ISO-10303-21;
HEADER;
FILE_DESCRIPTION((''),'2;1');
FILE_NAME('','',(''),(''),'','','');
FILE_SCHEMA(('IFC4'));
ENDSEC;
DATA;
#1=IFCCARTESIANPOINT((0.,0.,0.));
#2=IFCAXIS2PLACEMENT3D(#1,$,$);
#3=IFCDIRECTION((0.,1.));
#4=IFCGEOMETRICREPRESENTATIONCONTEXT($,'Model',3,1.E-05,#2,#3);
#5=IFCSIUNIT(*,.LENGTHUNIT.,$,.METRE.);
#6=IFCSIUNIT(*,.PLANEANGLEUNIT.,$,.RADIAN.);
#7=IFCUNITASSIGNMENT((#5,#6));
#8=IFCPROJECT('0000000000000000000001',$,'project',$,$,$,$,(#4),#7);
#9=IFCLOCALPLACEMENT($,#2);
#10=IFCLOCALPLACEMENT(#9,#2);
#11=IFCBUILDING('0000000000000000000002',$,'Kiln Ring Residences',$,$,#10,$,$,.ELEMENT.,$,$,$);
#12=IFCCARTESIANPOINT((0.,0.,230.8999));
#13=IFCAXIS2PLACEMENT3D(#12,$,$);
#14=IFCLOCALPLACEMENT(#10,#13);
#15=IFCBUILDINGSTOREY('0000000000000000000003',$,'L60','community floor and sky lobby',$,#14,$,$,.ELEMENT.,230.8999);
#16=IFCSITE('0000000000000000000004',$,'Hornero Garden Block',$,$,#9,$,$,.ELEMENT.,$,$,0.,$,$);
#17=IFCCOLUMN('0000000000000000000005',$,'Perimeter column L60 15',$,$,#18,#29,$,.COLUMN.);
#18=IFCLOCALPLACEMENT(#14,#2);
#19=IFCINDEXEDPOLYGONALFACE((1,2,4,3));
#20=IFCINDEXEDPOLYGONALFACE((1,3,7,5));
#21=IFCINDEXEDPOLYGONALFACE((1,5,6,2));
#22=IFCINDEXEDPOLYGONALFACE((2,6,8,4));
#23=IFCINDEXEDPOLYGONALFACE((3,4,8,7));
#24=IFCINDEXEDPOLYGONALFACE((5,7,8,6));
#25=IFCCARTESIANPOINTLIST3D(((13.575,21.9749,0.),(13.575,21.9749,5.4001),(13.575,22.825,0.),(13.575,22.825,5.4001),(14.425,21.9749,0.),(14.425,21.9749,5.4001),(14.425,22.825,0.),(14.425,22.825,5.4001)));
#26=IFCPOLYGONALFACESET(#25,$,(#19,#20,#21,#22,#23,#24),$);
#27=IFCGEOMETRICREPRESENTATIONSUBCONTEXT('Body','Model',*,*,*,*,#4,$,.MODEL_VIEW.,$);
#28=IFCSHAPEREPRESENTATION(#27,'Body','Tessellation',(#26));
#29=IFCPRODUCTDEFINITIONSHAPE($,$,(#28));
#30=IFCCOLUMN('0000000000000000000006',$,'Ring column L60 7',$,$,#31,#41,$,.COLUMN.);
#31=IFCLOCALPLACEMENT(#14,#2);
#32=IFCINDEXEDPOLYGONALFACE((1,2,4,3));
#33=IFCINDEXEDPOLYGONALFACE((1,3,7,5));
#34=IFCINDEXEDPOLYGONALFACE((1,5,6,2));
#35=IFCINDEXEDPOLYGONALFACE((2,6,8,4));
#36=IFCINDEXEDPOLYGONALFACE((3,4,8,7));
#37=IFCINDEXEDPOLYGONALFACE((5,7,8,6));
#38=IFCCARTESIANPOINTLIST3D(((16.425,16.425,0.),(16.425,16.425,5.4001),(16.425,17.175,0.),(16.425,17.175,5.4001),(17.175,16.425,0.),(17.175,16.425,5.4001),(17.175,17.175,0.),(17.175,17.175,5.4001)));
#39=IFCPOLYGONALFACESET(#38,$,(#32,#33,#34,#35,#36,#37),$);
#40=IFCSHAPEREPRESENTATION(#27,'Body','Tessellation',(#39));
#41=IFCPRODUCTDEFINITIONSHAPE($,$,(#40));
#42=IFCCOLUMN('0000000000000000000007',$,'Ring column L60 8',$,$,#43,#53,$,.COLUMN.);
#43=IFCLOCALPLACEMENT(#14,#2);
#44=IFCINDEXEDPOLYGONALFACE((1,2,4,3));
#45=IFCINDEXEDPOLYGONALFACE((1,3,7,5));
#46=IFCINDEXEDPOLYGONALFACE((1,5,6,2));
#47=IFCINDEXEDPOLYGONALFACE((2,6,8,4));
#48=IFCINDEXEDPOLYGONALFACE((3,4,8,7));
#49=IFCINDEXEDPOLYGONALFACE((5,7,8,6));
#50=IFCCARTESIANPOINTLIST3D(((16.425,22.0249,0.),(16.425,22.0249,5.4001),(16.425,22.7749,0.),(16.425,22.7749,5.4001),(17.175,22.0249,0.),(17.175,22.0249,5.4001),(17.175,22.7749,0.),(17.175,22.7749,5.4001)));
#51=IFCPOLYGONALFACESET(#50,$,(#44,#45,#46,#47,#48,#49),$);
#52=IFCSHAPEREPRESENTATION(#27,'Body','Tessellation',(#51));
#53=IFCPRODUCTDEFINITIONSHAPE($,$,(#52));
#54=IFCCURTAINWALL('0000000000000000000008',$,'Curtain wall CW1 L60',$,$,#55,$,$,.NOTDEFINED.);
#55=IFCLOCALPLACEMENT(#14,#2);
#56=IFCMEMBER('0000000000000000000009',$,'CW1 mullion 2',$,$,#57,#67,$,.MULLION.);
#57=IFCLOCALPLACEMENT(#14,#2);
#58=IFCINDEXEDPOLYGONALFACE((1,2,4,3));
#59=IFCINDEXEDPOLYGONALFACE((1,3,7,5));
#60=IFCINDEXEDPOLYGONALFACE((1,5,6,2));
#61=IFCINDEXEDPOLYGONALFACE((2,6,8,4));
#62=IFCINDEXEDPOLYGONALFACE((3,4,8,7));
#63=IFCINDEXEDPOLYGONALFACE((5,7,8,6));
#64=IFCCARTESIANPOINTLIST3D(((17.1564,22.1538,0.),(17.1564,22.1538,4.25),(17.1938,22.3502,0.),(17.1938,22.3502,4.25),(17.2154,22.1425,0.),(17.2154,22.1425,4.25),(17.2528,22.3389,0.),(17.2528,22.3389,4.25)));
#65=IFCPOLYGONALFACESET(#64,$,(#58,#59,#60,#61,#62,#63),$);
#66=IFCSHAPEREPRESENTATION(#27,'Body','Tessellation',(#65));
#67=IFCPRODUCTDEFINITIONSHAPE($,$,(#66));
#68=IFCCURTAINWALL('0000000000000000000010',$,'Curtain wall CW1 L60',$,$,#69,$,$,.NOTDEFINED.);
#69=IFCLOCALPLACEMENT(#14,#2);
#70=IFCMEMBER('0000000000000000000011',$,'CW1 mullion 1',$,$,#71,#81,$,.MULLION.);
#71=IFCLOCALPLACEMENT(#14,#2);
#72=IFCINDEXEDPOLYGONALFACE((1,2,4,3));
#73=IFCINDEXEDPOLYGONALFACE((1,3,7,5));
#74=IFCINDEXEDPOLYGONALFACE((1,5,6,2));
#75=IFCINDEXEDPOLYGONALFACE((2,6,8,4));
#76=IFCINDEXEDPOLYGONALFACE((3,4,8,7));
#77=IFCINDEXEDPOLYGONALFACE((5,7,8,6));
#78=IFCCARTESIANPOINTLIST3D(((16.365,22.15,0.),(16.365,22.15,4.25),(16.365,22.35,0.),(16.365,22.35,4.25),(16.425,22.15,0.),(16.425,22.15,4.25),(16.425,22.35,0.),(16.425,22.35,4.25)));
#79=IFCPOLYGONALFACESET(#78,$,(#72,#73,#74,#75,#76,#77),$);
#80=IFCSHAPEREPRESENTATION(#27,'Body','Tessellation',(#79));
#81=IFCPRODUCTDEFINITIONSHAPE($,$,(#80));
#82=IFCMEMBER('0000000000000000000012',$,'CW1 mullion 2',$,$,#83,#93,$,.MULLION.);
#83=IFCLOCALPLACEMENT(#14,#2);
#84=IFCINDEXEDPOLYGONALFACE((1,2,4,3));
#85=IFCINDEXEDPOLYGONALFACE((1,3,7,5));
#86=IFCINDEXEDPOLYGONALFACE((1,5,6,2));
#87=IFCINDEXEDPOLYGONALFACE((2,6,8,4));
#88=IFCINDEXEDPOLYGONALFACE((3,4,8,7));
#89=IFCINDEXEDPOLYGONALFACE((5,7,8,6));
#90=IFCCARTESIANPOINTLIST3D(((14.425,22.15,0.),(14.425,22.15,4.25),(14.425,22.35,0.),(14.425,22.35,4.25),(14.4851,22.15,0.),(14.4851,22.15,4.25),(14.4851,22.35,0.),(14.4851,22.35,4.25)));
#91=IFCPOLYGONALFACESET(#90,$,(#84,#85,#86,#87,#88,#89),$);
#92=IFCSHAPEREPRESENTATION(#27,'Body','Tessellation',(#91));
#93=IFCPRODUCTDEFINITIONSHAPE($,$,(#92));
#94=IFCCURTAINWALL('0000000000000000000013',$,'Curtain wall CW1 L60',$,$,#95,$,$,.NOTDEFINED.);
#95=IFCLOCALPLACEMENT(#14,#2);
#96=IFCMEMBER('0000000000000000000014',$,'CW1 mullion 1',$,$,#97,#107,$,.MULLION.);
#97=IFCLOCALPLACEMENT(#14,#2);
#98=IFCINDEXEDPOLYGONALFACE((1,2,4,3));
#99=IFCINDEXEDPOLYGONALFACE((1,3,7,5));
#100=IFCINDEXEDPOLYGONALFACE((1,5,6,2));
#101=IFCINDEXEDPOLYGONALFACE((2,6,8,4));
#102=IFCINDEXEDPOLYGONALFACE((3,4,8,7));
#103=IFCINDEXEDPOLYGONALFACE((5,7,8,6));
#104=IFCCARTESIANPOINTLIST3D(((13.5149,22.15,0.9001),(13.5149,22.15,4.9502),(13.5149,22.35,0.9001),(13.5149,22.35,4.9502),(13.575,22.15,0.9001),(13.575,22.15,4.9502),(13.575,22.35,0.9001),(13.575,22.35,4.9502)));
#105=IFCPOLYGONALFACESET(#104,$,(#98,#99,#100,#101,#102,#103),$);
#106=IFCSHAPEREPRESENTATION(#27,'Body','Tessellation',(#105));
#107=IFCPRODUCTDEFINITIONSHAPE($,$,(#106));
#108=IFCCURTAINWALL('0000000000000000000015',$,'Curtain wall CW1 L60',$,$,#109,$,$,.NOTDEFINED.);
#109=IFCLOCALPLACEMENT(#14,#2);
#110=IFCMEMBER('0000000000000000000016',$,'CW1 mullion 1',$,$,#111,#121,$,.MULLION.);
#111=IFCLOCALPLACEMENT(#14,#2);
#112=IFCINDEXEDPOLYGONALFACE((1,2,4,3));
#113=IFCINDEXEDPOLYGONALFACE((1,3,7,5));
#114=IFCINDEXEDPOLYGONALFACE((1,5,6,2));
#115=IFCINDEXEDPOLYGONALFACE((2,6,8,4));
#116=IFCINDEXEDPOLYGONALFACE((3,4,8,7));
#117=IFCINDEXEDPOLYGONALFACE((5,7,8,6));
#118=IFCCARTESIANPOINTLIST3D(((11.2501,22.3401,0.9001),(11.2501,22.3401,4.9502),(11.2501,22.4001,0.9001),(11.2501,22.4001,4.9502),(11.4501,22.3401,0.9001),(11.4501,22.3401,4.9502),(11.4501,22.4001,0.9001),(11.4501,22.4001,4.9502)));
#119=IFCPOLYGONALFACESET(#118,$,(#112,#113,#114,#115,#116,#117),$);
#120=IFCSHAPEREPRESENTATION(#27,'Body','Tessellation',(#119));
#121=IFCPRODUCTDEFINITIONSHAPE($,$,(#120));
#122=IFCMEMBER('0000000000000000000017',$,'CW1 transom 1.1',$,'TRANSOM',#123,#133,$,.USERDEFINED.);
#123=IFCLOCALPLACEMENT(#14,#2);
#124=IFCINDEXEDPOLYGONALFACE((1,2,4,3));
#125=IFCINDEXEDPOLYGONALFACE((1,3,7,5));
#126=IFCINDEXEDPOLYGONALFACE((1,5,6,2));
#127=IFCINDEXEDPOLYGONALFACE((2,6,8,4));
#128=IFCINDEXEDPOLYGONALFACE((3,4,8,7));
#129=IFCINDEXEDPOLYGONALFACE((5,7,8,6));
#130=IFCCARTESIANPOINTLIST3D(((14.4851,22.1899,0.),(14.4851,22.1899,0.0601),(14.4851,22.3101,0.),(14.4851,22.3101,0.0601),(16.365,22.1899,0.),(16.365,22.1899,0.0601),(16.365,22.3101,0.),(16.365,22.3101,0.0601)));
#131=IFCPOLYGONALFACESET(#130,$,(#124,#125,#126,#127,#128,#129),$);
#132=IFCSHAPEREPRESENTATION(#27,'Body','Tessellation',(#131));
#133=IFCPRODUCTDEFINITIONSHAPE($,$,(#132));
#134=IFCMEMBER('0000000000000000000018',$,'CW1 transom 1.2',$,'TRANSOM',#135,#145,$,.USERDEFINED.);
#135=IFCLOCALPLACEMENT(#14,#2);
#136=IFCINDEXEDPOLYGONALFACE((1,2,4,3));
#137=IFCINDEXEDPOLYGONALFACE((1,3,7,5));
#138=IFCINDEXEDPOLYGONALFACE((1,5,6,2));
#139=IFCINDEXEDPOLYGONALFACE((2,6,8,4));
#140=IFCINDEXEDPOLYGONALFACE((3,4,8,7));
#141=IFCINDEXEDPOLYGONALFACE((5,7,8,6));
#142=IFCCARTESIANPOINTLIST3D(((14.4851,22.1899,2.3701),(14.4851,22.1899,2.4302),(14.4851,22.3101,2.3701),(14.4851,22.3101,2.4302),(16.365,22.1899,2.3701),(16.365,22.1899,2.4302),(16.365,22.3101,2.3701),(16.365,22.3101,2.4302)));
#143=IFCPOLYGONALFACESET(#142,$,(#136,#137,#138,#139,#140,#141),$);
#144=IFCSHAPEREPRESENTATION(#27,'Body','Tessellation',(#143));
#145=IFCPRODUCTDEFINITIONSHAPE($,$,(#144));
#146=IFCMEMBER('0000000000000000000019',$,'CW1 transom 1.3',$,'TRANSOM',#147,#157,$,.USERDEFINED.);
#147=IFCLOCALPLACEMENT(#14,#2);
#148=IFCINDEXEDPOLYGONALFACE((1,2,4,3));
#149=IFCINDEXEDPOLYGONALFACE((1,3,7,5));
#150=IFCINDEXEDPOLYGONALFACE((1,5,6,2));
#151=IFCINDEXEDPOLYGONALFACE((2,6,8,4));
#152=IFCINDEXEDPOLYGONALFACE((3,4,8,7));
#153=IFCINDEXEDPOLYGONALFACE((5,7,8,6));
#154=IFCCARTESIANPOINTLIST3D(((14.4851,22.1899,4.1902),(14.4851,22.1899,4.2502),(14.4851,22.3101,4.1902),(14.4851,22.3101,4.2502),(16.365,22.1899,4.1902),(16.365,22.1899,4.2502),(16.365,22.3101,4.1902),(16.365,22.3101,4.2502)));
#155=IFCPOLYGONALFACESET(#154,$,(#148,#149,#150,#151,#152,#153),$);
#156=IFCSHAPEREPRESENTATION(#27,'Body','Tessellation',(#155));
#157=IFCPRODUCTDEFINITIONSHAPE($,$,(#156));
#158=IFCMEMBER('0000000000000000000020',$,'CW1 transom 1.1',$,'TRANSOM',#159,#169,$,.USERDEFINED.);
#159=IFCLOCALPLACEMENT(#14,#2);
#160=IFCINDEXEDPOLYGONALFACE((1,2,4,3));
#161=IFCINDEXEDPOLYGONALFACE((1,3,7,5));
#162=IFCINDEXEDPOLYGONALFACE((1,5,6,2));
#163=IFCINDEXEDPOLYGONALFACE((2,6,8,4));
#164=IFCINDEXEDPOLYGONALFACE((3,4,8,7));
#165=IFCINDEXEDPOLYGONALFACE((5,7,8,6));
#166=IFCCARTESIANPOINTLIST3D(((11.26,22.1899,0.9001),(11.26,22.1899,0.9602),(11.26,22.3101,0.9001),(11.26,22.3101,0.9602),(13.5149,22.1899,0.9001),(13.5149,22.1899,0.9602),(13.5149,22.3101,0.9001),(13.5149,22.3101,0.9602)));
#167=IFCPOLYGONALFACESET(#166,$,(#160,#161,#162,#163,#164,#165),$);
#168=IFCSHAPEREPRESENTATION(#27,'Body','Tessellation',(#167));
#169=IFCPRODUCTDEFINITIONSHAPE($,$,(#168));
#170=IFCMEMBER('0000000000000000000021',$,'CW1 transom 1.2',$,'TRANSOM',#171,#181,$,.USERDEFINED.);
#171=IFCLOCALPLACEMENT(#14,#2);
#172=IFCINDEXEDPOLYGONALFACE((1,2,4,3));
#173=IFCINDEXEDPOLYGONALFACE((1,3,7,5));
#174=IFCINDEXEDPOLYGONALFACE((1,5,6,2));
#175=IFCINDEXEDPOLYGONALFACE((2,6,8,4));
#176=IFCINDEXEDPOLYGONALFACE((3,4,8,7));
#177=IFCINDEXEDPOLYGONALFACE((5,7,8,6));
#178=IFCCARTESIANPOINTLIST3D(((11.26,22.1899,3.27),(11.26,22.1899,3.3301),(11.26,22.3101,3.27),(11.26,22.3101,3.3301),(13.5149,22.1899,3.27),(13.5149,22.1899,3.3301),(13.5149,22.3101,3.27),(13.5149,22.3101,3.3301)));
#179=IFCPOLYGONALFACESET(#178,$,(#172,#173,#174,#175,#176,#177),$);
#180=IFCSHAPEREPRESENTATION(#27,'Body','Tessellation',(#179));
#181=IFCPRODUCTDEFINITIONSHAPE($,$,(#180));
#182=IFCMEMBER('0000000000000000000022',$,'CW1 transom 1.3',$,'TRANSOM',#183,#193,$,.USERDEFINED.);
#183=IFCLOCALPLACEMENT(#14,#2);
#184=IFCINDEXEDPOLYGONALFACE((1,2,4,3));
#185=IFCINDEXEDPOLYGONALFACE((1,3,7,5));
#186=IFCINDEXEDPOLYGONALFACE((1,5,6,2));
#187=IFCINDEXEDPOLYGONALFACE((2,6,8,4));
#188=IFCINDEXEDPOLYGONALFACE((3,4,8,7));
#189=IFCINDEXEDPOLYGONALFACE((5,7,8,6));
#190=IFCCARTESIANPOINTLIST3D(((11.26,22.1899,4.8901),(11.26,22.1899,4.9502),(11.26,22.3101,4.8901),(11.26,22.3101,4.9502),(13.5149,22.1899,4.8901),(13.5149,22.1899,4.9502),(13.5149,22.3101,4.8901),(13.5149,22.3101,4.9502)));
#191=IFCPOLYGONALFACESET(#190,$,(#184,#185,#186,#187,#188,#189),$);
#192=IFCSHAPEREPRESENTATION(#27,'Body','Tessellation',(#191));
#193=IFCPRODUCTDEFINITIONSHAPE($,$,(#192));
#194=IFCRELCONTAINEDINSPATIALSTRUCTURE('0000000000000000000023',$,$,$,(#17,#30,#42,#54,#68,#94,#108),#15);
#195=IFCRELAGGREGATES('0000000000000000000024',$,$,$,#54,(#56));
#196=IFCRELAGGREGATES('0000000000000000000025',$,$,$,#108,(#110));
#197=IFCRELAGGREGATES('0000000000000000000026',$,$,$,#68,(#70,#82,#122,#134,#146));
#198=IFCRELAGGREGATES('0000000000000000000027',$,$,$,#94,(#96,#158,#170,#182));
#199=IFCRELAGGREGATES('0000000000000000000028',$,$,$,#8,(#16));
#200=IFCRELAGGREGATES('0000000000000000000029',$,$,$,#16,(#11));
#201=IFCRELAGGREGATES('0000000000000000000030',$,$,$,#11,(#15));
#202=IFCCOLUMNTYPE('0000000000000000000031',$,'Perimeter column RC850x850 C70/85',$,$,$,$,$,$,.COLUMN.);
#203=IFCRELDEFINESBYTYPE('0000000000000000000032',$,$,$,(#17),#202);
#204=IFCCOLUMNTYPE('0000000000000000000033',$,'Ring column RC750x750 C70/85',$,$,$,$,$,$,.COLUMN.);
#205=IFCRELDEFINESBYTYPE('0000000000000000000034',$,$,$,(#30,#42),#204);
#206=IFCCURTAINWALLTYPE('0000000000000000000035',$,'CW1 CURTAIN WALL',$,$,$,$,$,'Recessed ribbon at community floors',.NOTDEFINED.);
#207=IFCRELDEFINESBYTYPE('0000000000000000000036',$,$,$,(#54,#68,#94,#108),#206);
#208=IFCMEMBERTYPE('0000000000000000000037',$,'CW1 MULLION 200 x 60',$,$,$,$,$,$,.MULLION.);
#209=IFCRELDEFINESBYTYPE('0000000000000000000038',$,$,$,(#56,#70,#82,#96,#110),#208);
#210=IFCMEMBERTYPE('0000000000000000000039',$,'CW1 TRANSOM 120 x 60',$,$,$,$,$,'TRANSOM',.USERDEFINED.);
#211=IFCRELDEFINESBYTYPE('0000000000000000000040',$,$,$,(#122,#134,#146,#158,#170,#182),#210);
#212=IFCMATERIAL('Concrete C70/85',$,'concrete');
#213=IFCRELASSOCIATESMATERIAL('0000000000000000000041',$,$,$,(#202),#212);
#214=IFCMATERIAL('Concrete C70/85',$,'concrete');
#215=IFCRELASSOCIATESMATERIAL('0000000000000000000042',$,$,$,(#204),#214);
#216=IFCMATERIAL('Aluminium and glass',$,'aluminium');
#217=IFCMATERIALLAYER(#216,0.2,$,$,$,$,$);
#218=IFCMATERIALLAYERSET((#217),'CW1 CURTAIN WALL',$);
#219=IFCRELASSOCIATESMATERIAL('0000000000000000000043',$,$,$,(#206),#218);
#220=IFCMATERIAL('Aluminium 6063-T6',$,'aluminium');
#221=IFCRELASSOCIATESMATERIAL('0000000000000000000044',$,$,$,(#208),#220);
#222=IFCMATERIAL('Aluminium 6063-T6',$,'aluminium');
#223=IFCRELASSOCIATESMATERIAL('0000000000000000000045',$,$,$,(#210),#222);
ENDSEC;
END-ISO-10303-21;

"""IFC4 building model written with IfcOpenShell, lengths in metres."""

from ifc_helpers import new_model, si_unit, direction, frame, origin, origin_2d, place, context, subcontext, project, spatial, rectangle, extrude, material, layer, layer_set, material_profile, profile_set, type_object, element, aggregate, save


model = new_model("IFC4")

# Units and contexts
model_context = context("Model", 3, precision=1e-05, world=origin(), true_north=direction((0.0, 1.0)))
body_context = subcontext(model_context, "Body", "Model", "MODEL_VIEW")
ifc_project = project(units=[si_unit("LENGTHUNIT", "METRE"), si_unit("PLANEANGLEUNIT", "RADIAN")], contexts=[model_context])

# Site, building, storey
site_placement = place(None, origin())
site = spatial("IfcSite", under=ifc_project, at=site_placement, Name="Hornero Garden Block", CompositionType="ELEMENT", RefElevation=0.0)
building_placement = place(site_placement, origin())
building = spatial("IfcBuilding", under=site, at=building_placement, Name="Kiln Ring Residences", CompositionType="ELEMENT")
storey_placement = place(building_placement, frame((0.0, 0.0, 230.8999)))
storey = spatial("IfcBuildingStorey", under=building, at=storey_placement, Name="L60", Description="community floor and sky lobby", CompositionType="ELEMENT", Elevation=230.8999)

# Columns
ifc_material_1 = material(Name="Concrete C70/85", Category="concrete")
ifc_material_profile_1 = material_profile(ifc_material_1, rectangle(XDim=0.8501, YDim=0.8501, at=origin_2d()), Name="RC850x850")
ifc_profile_set_1 = profile_set([ifc_material_profile_1], Name="Concrete C70/85")
column_type_1 = type_object("IfcColumnType", Name="Perimeter column RC850x850 C70/85", PredefinedType="COLUMN", material=ifc_profile_set_1)
column_placement = place(storey_placement, frame((14.0, 22.3999, 0.0), z_axis=(0.0, 0.0, 1.0), x_axis=(1.0, 0.0, 0.0)))
element("IfcColumn", 1, at=column_placement, inside=storey, type_object=column_type_1, Name="Perimeter column L60 15", PredefinedType="COLUMN", context=body_context, shape_type="SweptSolid", body=[
    extrude(rectangle(XDim=0.8501, YDim=0.8501, at=origin_2d()), origin(), (0.0, 0.0, 1.0), 5.4001),
])
ifc_material_2 = material(Name="Concrete C70/85", Category="concrete")
ifc_material_profile_2 = material_profile(ifc_material_2, rectangle(XDim=0.75, YDim=0.75, at=origin_2d()), Name="RC750x750")
ifc_profile_set_2 = profile_set([ifc_material_profile_2], Name="Concrete C70/85")
column_type_2 = type_object("IfcColumnType", Name="Ring column RC750x750 C70/85", PredefinedType="COLUMN", material=ifc_profile_set_2)
for number, where, z_axis, x_axis, name in (
    (2, (16.8, 16.8, 0.0), (0.0, 0.0, 1.0), (1.0, 0.0, 0.0), "Ring column L60 7"),
    (3, (16.8, 22.3999, 0.0), (0.0, 0.0, 1.0), (1.0, 0.0, 0.0), "Ring column L60 8"),
):
    element("IfcColumn", number, at=place(storey_placement, frame(where, z_axis=z_axis, x_axis=x_axis)), inside=storey, type_object=column_type_2, Name=name, PredefinedType="COLUMN", context=body_context, shape_type="SweptSolid", body=[
        extrude(rectangle(XDim=0.75, YDim=0.75, at=origin_2d()), origin(), (0.0, 0.0, 1.0), 5.4001),
    ])

# Curtain wall, member
ifc_material_3 = material(Name="Aluminium and glass", Category="aluminium")
ifc_layer_1 = layer(ifc_material_3, 0.2)
ifc_layer_set_1 = layer_set([ifc_layer_1], Name="CW1 CURTAIN WALL")
curtain_wall_type = type_object("IfcCurtainWallType", Name="CW1 CURTAIN WALL", ElementType="Recessed ribbon at community floors", PredefinedType="NOTDEFINED", material=ifc_layer_set_1)
placement = place(storey_placement, origin())
curtain_wall_1 = element("IfcCurtainWall", 4, at=placement, inside=storey, type_object=curtain_wall_type, Name="Curtain wall CW1 L60", PredefinedType="NOTDEFINED")
ifc_material_4 = material(Name="Aluminium 6063-T6", Category="aluminium")
ifc_material_profile_3 = material_profile(ifc_material_4, rectangle(XDim=0.2, YDim=0.0601, at=origin_2d()), Name="AL 200x60")
ifc_profile_set_3 = profile_set([ifc_material_profile_3], Name="Aluminium 6063-T6")
member_type_1 = type_object("IfcMemberType", Name="CW1 MULLION 200 x 60", PredefinedType="MULLION", material=ifc_profile_set_3)
member_1_placement = place(storey_placement, frame((17.2046, 22.2463, 0.0), z_axis=(0.0, 0.0, 1.0), x_axis=(-0.187366, -0.98229, 0.0)))
member_1 = element("IfcMember", 5, at=member_1_placement, type_object=member_type_1, Name="CW1 mullion 2", PredefinedType="MULLION", context=body_context, shape_type="SweptSolid", body=[
    extrude(rectangle(XDim=0.2, YDim=0.0601, at=origin_2d()), origin(), (0.0, 0.0, 1.0), 4.25),
])
aggregate(curtain_wall_1, [member_1])

# Curtain wall, members
curtain_wall_2 = element("IfcCurtainWall", 6, at=placement, inside=storey, type_object=curtain_wall_type, Name="Curtain wall CW1 L60", PredefinedType="NOTDEFINED")
member_2_placement = place(storey_placement, frame((16.395, 22.25, 0.0), z_axis=(0.0, 0.0, 1.0), x_axis=(0.0, -1.0, 0.0)))
member_2 = element("IfcMember", 7, at=member_2_placement, type_object=member_type_1, Name="CW1 mullion 1", PredefinedType="MULLION", context=body_context, shape_type="SweptSolid", body=[
    extrude(rectangle(XDim=0.2, YDim=0.0601, at=origin_2d()), origin(), (0.0, 0.0, 1.0), 4.25),
])
member_3_placement = place(storey_placement, frame((14.4551, 22.25, 0.0), z_axis=(0.0, 0.0, 1.0), x_axis=(0.0, -1.0, 0.0)))
member_3 = element("IfcMember", 8, at=member_3_placement, type_object=member_type_1, Name="CW1 mullion 2", PredefinedType="MULLION", context=body_context, shape_type="SweptSolid", body=[
    extrude(rectangle(XDim=0.2, YDim=0.0601, at=origin_2d()), origin(), (0.0, 0.0, 1.0), 4.25),
])

# Curtain walls, members
curtain_wall_3 = element("IfcCurtainWall", 9, at=placement, inside=storey, type_object=curtain_wall_type, Name="Curtain wall CW1 L60", PredefinedType="NOTDEFINED")
member_4_placement = place(storey_placement, frame((13.5449, 22.25, 0.9001), z_axis=(0.0, 0.0, 1.0), x_axis=(0.0, -1.0, 0.0)))
member_4 = element("IfcMember", 10, at=member_4_placement, type_object=member_type_1, Name="CW1 mullion 1", PredefinedType="MULLION", context=body_context, shape_type="SweptSolid", body=[
    extrude(rectangle(XDim=0.2, YDim=0.0601, at=origin_2d()), origin(), (0.0, 0.0, 1.0), 4.05),
])
curtain_wall_4 = element("IfcCurtainWall", 11, at=placement, inside=storey, type_object=curtain_wall_type, Name="Curtain wall CW1 L60", PredefinedType="NOTDEFINED")
member_5_placement = place(storey_placement, frame((11.3501, 22.3701, 0.9001), z_axis=(0.0, 0.0, 1.0), x_axis=(1.0, 0.0, 0.0)))
member_5 = element("IfcMember", 12, at=member_5_placement, type_object=member_type_1, Name="CW1 mullion 1", PredefinedType="MULLION", context=body_context, shape_type="SweptSolid", body=[
    extrude(rectangle(XDim=0.2, YDim=0.0601, at=origin_2d()), origin(), (0.0, 0.0, 1.0), 4.05),
])

# Members
ifc_material_5 = material(Name="Aluminium 6063-T6", Category="aluminium")
ifc_material_profile_4 = material_profile(ifc_material_5, rectangle(XDim=0.1201, YDim=0.0601, at=origin_2d()), Name="AL 120x60")
ifc_profile_set_4 = profile_set([ifc_material_profile_4], Name="Aluminium 6063-T6")
member_type_2 = type_object("IfcMemberType", Name="CW1 TRANSOM 120 x 60", ElementType="TRANSOM", PredefinedType="USERDEFINED", material=ifc_profile_set_4)
member_6_placement = place(storey_placement, frame((16.365, 22.25, 0.03), z_axis=(-1.0, 0.0, 0.0), x_axis=(0.0, -1.0, 0.0)))
member_6 = element("IfcMember", 13, at=member_6_placement, type_object=member_type_2, Name="CW1 transom 1.1", ObjectType="TRANSOM", PredefinedType="USERDEFINED", context=body_context, shape_type="SweptSolid", body=[
    extrude(rectangle(XDim=0.1201, YDim=0.0601, at=origin_2d()), origin(), (0.0, 0.0, 1.0), 1.8799),
])
member_7_placement = place(storey_placement, frame((16.365, 22.25, 2.4001), z_axis=(-1.0, 0.0, 0.0), x_axis=(0.0, -1.0, 0.0)))
member_7 = element("IfcMember", 14, at=member_7_placement, type_object=member_type_2, Name="CW1 transom 1.2", ObjectType="TRANSOM", PredefinedType="USERDEFINED", context=body_context, shape_type="SweptSolid", body=[
    extrude(rectangle(XDim=0.1201, YDim=0.0601, at=origin_2d()), origin(), (0.0, 0.0, 1.0), 1.8799),
])
member_8_placement = place(storey_placement, frame((16.365, 22.25, 4.2202), z_axis=(-1.0, 0.0, 0.0), x_axis=(0.0, -1.0, 0.0)))
member_8 = element("IfcMember", 15, at=member_8_placement, type_object=member_type_2, Name="CW1 transom 1.3", ObjectType="TRANSOM", PredefinedType="USERDEFINED", context=body_context, shape_type="SweptSolid", body=[
    extrude(rectangle(XDim=0.1201, YDim=0.0601, at=origin_2d()), origin(), (0.0, 0.0, 1.0), 1.8799),
])
member_9_placement = place(storey_placement, frame((13.5149, 22.25, 0.9302), z_axis=(-1.0, 0.0, 0.0), x_axis=(0.0, -1.0, 0.0)))
member_9 = element("IfcMember", 16, at=member_9_placement, type_object=member_type_2, Name="CW1 transom 1.1", ObjectType="TRANSOM", PredefinedType="USERDEFINED", context=body_context, shape_type="SweptSolid", body=[
    extrude(rectangle(XDim=0.1201, YDim=0.0601, at=origin_2d()), origin(), (0.0, 0.0, 1.0), 2.2549),
])
member_10_placement = place(storey_placement, frame((13.5149, 22.25, 3.3), z_axis=(-1.0, 0.0, 0.0), x_axis=(0.0, -1.0, 0.0)))
member_10 = element("IfcMember", 17, at=member_10_placement, type_object=member_type_2, Name="CW1 transom 1.2", ObjectType="TRANSOM", PredefinedType="USERDEFINED", context=body_context, shape_type="SweptSolid", body=[
    extrude(rectangle(XDim=0.1201, YDim=0.0601, at=origin_2d()), origin(), (0.0, 0.0, 1.0), 2.2549),
])
member_11_placement = place(storey_placement, frame((13.5149, 22.25, 4.9202), z_axis=(-1.0, 0.0, 0.0), x_axis=(0.0, -1.0, 0.0)))
member_11 = element("IfcMember", 18, at=member_11_placement, type_object=member_type_2, Name="CW1 transom 1.3", ObjectType="TRANSOM", PredefinedType="USERDEFINED", context=body_context, shape_type="SweptSolid", body=[
    extrude(rectangle(XDim=0.1201, YDim=0.0601, at=origin_2d()), origin(), (0.0, 0.0, 1.0), 2.2549),
])
aggregate(curtain_wall_4, [member_5])

aggregate(curtain_wall_2, [member_2, member_3, member_6, member_7, member_8])
aggregate(curtain_wall_3, [member_4, member_9, member_10, member_11])

save(model, "model.ifc")
